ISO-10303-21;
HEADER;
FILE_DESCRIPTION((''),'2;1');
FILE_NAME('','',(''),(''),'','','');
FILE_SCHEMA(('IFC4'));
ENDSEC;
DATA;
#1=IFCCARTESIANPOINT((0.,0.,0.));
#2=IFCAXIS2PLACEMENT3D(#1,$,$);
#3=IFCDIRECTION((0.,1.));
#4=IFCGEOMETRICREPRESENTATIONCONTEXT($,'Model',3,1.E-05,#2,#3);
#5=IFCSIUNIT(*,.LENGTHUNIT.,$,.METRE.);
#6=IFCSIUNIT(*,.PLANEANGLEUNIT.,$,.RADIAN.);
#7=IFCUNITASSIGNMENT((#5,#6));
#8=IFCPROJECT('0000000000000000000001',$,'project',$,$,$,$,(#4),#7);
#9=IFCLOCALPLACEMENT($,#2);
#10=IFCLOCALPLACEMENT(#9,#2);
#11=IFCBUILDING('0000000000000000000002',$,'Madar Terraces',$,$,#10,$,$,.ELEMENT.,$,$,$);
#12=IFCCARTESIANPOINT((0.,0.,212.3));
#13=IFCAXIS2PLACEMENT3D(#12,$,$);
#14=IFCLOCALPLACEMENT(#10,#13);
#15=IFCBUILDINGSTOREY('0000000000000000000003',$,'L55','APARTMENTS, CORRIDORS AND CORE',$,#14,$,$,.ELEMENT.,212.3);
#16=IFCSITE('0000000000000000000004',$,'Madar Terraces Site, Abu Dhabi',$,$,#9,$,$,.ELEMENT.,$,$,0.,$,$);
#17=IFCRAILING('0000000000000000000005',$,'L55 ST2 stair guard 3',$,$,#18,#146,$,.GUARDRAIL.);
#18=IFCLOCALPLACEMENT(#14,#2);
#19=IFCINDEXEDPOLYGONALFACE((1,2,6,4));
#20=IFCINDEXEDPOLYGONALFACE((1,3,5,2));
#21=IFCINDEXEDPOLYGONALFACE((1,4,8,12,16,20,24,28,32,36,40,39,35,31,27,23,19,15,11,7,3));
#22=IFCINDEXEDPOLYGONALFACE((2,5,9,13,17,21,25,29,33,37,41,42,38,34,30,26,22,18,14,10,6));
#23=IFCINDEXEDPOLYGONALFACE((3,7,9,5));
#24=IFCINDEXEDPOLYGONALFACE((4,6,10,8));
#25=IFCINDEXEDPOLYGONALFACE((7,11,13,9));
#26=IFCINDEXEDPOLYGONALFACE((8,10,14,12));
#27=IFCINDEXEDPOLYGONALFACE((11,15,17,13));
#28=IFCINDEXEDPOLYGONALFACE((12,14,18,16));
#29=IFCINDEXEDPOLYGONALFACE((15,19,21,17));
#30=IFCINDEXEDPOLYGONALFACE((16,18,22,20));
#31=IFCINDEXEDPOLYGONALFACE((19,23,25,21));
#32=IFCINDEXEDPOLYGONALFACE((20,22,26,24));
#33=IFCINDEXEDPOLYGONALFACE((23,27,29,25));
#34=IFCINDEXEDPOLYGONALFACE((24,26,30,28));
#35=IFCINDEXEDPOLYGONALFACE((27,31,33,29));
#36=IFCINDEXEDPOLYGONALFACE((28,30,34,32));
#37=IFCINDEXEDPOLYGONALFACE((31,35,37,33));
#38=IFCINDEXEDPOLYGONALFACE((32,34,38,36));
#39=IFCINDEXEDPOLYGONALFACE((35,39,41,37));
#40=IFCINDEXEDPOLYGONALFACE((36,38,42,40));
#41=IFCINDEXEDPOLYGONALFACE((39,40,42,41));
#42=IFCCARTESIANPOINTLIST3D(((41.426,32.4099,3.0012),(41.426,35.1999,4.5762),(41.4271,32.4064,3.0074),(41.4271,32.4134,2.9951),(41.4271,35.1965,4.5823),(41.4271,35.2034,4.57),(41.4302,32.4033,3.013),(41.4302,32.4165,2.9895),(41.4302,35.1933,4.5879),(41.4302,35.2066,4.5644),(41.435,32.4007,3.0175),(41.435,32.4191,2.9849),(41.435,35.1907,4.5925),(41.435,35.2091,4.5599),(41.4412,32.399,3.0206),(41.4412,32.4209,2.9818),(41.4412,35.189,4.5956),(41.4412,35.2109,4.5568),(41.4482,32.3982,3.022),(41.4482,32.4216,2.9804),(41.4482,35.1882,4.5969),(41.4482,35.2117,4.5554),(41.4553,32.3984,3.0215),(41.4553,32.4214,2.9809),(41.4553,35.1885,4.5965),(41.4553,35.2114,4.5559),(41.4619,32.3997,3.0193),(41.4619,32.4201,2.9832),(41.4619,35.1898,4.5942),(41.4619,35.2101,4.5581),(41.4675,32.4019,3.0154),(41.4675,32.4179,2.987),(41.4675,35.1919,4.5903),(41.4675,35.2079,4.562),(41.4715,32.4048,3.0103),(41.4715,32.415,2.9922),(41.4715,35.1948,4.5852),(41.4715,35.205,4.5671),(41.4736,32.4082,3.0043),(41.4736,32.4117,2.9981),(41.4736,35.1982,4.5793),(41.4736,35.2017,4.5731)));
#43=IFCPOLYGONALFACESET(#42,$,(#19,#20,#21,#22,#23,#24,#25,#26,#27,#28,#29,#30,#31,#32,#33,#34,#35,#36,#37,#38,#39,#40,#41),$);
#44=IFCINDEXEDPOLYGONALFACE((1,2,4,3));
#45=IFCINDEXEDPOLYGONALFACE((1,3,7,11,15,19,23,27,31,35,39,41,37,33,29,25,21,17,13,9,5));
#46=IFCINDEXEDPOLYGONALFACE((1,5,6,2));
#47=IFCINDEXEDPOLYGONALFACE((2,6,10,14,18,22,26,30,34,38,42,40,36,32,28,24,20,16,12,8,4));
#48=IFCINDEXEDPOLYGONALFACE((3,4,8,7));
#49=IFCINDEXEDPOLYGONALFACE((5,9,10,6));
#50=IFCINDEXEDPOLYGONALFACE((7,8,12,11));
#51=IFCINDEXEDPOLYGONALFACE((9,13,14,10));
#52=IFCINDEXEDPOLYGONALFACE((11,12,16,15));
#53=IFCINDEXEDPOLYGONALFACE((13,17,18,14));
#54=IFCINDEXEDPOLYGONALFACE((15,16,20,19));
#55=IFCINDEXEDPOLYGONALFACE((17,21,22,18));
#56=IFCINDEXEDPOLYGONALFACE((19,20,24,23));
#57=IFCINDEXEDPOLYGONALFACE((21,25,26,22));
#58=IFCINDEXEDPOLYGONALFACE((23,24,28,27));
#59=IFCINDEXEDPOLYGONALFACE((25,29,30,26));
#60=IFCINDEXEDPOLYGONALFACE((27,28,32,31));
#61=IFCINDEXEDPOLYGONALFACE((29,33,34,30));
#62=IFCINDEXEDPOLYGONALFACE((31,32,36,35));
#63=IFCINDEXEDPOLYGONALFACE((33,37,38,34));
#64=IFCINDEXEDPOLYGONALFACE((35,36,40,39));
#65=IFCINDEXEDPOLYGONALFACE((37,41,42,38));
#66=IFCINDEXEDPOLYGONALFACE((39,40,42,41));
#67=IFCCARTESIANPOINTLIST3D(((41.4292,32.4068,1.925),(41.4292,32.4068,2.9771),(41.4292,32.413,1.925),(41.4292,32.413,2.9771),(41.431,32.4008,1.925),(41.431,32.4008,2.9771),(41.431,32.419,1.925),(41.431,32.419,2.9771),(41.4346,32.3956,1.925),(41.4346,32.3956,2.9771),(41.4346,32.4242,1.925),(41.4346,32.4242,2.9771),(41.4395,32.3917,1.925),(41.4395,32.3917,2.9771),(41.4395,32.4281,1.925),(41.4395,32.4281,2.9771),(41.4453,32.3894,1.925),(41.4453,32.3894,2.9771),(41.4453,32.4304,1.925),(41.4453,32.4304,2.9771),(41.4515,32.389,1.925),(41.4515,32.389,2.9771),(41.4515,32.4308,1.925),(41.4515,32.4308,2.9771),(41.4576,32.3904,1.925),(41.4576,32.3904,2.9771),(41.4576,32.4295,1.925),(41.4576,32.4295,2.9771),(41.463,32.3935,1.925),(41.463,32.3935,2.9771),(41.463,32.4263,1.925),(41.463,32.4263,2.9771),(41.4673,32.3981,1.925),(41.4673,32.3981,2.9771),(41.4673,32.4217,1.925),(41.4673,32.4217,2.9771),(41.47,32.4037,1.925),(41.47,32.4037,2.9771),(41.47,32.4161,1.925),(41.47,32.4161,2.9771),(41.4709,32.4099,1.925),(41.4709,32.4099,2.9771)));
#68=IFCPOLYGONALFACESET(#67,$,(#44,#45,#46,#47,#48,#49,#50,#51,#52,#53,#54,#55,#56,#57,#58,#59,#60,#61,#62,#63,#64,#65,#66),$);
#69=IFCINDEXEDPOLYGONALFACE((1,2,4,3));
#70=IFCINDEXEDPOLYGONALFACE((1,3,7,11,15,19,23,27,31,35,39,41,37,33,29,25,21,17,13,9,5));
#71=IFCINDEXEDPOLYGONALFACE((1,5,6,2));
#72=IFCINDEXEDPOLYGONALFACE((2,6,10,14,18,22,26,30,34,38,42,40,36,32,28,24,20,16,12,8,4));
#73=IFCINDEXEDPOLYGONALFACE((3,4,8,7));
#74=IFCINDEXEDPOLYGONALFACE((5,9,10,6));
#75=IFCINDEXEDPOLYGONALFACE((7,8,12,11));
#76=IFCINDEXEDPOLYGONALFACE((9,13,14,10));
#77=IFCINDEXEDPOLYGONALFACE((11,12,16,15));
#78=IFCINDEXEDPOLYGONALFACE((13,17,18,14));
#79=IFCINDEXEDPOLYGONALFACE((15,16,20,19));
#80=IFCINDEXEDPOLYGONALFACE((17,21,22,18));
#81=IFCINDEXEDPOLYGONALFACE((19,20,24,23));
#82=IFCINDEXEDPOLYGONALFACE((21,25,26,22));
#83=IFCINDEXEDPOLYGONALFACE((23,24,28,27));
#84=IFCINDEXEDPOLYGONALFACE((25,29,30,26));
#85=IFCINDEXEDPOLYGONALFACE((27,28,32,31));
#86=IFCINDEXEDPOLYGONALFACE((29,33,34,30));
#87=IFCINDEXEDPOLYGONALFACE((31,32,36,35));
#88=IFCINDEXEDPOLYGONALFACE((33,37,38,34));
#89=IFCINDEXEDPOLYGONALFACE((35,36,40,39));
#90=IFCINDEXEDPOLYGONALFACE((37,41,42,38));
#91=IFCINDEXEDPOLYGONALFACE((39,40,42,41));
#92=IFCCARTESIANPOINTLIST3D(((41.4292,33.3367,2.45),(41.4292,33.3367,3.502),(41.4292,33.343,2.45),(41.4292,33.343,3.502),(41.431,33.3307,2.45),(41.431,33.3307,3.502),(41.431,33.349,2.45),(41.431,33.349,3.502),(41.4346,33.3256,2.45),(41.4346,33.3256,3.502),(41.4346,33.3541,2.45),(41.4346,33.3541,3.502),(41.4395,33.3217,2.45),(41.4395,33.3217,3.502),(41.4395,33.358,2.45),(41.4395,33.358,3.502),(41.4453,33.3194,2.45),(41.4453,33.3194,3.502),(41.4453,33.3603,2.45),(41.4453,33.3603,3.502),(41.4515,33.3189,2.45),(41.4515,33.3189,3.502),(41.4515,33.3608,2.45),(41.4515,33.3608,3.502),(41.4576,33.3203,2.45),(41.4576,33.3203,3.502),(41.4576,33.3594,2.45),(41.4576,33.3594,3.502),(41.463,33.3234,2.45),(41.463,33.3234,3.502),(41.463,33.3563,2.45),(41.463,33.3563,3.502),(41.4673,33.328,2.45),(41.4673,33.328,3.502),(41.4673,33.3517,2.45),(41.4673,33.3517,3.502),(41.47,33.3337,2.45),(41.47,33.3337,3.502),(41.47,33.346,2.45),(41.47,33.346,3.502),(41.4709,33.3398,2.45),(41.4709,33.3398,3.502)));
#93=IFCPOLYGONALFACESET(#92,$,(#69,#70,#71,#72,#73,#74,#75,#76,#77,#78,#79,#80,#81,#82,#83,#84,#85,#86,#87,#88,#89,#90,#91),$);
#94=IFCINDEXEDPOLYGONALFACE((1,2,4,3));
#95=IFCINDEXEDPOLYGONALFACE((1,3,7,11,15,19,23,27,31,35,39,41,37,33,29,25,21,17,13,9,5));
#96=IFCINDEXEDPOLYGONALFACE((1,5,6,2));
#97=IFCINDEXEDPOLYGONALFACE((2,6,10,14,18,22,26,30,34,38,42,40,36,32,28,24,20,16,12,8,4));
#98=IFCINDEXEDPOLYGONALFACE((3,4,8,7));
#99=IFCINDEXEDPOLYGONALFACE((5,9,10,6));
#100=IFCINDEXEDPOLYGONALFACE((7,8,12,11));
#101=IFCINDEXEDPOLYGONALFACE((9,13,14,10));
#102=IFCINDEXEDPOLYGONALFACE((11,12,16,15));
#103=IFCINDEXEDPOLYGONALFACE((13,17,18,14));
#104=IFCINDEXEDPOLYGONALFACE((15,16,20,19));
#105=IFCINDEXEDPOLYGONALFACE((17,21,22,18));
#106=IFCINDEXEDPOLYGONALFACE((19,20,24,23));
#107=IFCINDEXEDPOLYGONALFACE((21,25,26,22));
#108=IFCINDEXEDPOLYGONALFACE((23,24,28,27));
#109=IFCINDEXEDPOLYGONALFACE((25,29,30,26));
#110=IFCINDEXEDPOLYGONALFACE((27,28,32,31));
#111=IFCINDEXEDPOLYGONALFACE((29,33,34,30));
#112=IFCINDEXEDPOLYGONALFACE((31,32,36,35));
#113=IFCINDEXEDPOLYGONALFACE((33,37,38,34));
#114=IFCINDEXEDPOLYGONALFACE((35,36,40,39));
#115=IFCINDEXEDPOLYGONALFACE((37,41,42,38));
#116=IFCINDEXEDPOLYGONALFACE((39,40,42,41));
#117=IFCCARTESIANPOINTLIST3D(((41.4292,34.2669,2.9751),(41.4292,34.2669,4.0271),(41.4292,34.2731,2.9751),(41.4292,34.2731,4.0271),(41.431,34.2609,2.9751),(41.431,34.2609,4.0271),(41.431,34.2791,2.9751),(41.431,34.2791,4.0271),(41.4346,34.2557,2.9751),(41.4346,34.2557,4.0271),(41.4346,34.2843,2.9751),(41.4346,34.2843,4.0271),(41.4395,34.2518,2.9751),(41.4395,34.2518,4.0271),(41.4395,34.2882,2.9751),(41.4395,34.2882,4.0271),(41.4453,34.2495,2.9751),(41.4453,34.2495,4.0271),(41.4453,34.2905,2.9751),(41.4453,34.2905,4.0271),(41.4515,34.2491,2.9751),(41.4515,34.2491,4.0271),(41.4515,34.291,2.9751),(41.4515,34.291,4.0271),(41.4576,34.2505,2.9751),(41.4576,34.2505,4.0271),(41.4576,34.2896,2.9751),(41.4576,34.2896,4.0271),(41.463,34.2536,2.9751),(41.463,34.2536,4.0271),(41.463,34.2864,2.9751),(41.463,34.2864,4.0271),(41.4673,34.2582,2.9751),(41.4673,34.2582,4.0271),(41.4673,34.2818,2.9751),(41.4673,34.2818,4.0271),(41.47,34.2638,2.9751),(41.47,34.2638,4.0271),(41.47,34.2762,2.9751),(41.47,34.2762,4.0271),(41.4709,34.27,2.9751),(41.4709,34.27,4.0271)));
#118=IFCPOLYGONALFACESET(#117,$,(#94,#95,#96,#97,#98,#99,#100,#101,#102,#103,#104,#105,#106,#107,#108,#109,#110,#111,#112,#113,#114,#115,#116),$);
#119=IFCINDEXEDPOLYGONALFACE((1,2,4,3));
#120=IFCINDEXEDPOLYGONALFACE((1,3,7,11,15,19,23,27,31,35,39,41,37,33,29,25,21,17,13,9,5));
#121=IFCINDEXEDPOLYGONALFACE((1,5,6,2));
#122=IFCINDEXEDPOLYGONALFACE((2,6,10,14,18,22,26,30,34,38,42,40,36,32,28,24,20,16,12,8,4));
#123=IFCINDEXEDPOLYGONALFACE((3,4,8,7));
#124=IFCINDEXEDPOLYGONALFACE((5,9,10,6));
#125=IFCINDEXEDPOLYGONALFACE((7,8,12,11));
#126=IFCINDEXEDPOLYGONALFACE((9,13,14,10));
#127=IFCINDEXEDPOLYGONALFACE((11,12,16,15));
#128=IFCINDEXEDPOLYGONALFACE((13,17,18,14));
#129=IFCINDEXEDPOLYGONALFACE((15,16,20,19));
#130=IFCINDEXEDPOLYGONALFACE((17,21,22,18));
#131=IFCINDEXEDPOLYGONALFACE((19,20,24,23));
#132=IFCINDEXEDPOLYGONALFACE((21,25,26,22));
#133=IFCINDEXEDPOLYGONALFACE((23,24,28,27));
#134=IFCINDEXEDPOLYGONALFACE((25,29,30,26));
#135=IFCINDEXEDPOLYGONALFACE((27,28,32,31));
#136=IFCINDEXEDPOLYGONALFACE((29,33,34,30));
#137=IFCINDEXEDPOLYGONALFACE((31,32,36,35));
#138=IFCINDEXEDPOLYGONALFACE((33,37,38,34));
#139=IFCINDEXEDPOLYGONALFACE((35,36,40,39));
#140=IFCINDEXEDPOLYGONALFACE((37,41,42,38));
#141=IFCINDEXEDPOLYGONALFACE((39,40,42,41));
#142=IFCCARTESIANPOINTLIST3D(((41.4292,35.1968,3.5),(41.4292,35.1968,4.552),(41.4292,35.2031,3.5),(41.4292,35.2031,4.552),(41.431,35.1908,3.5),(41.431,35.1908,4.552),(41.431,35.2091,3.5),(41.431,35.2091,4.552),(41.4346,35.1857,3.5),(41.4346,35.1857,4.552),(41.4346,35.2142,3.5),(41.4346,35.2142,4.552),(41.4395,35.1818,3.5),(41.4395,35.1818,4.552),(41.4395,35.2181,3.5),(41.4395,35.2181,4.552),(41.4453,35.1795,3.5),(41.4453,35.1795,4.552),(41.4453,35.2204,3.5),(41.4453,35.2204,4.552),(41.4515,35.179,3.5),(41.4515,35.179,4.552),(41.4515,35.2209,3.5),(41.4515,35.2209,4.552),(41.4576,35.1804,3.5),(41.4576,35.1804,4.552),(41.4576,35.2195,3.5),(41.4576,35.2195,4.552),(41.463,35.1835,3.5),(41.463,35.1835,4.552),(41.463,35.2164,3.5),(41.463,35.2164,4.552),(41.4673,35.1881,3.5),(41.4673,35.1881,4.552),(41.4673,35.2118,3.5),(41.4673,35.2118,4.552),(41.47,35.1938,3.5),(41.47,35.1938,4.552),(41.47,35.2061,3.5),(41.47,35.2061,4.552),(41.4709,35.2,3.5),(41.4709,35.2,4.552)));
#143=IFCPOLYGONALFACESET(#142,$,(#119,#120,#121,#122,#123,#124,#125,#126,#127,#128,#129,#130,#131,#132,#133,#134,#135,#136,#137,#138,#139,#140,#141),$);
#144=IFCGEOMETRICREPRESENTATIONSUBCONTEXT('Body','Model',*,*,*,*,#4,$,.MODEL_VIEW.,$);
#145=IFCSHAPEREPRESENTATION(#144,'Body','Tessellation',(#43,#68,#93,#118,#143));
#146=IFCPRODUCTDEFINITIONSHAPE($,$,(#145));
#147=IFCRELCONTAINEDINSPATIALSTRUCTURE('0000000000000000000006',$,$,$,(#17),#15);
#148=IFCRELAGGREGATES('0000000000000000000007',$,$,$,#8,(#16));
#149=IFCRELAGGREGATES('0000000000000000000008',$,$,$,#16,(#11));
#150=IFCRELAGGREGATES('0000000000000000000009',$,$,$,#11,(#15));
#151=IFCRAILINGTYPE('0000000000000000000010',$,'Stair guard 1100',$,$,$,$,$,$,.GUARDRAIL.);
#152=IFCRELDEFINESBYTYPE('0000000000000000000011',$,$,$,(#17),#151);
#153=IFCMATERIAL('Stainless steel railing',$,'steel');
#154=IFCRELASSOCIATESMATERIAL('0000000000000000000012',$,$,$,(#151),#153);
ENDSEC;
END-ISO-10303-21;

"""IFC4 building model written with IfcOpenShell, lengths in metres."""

from ifc_helpers import new_model, si_unit, direction, frame, origin, origin_2d, place, context, subcontext, project, spatial, circle, extrude, material, type_object, element, save


model = new_model("IFC4")

# Units and contexts
model_context = context("Model", 3, precision=1e-05, world=origin(), true_north=direction((0.0, 1.0)))
body_context = subcontext(model_context, "Body", "Model", "MODEL_VIEW")
ifc_project = project(units=[si_unit("LENGTHUNIT", "METRE"), si_unit("PLANEANGLEUNIT", "RADIAN")], contexts=[model_context])

# Site, building, storey
site_placement = place(None, origin())
site = spatial("IfcSite", under=ifc_project, at=site_placement, Name="Madar Terraces Site, Abu Dhabi", CompositionType="ELEMENT", RefElevation=0.0)
building_placement = place(site_placement, origin())
building = spatial("IfcBuilding", under=site, at=building_placement, Name="Madar Terraces", CompositionType="ELEMENT")
storey_placement = place(building_placement, frame((0.0, 0.0, 212.3)))
storey = spatial("IfcBuildingStorey", under=building, at=storey_placement, Name="L55", Description="APARTMENTS, CORRIDORS AND CORE", CompositionType="ELEMENT", Elevation=212.3)

# Railing
ifc_material_1 = material(Name="Stainless steel railing", Category="steel")
railing_type_1 = type_object("IfcRailingType", Name="Stair guard 1100", PredefinedType="GUARDRAIL", material=ifc_material_1)
railing_1_placement = place(storey_placement, frame((41.45, 32.4099, 1.925)))
element("IfcRailing", 1, at=railing_1_placement, inside=storey, type_object=railing_type_1, Name="L55 ST2 stair guard 3", PredefinedType="GUARDRAIL", context=body_context, shape_type="SweptSolid", body=[
    extrude(circle(Radius=0.0239, at=origin_2d()), frame((0.0, 0.0, 1.0762), z_axis=(0.0, 0.870834, 0.491578), x_axis=(-1.0, 0.0, 0.0)), (0.0, 0.0, 1.0), 3.2039),
    extrude(circle(Radius=0.021, at=origin_2d()), origin(), (0.0, 0.0, 1.0), 1.052),
    extrude(circle(Radius=0.021, at=origin_2d()), frame((0.0, 0.9299, 0.5249)), (0.0, 0.0, 1.0), 1.052),
    extrude(circle(Radius=0.021, at=origin_2d()), frame((0.0, 1.8601, 1.05)), (0.0, 0.0, 1.0), 1.052),
    extrude(circle(Radius=0.021, at=origin_2d()), frame((0.0, 2.79, 1.575)), (0.0, 0.0, 1.0), 1.052),
])

save(model, "model.ifc")
